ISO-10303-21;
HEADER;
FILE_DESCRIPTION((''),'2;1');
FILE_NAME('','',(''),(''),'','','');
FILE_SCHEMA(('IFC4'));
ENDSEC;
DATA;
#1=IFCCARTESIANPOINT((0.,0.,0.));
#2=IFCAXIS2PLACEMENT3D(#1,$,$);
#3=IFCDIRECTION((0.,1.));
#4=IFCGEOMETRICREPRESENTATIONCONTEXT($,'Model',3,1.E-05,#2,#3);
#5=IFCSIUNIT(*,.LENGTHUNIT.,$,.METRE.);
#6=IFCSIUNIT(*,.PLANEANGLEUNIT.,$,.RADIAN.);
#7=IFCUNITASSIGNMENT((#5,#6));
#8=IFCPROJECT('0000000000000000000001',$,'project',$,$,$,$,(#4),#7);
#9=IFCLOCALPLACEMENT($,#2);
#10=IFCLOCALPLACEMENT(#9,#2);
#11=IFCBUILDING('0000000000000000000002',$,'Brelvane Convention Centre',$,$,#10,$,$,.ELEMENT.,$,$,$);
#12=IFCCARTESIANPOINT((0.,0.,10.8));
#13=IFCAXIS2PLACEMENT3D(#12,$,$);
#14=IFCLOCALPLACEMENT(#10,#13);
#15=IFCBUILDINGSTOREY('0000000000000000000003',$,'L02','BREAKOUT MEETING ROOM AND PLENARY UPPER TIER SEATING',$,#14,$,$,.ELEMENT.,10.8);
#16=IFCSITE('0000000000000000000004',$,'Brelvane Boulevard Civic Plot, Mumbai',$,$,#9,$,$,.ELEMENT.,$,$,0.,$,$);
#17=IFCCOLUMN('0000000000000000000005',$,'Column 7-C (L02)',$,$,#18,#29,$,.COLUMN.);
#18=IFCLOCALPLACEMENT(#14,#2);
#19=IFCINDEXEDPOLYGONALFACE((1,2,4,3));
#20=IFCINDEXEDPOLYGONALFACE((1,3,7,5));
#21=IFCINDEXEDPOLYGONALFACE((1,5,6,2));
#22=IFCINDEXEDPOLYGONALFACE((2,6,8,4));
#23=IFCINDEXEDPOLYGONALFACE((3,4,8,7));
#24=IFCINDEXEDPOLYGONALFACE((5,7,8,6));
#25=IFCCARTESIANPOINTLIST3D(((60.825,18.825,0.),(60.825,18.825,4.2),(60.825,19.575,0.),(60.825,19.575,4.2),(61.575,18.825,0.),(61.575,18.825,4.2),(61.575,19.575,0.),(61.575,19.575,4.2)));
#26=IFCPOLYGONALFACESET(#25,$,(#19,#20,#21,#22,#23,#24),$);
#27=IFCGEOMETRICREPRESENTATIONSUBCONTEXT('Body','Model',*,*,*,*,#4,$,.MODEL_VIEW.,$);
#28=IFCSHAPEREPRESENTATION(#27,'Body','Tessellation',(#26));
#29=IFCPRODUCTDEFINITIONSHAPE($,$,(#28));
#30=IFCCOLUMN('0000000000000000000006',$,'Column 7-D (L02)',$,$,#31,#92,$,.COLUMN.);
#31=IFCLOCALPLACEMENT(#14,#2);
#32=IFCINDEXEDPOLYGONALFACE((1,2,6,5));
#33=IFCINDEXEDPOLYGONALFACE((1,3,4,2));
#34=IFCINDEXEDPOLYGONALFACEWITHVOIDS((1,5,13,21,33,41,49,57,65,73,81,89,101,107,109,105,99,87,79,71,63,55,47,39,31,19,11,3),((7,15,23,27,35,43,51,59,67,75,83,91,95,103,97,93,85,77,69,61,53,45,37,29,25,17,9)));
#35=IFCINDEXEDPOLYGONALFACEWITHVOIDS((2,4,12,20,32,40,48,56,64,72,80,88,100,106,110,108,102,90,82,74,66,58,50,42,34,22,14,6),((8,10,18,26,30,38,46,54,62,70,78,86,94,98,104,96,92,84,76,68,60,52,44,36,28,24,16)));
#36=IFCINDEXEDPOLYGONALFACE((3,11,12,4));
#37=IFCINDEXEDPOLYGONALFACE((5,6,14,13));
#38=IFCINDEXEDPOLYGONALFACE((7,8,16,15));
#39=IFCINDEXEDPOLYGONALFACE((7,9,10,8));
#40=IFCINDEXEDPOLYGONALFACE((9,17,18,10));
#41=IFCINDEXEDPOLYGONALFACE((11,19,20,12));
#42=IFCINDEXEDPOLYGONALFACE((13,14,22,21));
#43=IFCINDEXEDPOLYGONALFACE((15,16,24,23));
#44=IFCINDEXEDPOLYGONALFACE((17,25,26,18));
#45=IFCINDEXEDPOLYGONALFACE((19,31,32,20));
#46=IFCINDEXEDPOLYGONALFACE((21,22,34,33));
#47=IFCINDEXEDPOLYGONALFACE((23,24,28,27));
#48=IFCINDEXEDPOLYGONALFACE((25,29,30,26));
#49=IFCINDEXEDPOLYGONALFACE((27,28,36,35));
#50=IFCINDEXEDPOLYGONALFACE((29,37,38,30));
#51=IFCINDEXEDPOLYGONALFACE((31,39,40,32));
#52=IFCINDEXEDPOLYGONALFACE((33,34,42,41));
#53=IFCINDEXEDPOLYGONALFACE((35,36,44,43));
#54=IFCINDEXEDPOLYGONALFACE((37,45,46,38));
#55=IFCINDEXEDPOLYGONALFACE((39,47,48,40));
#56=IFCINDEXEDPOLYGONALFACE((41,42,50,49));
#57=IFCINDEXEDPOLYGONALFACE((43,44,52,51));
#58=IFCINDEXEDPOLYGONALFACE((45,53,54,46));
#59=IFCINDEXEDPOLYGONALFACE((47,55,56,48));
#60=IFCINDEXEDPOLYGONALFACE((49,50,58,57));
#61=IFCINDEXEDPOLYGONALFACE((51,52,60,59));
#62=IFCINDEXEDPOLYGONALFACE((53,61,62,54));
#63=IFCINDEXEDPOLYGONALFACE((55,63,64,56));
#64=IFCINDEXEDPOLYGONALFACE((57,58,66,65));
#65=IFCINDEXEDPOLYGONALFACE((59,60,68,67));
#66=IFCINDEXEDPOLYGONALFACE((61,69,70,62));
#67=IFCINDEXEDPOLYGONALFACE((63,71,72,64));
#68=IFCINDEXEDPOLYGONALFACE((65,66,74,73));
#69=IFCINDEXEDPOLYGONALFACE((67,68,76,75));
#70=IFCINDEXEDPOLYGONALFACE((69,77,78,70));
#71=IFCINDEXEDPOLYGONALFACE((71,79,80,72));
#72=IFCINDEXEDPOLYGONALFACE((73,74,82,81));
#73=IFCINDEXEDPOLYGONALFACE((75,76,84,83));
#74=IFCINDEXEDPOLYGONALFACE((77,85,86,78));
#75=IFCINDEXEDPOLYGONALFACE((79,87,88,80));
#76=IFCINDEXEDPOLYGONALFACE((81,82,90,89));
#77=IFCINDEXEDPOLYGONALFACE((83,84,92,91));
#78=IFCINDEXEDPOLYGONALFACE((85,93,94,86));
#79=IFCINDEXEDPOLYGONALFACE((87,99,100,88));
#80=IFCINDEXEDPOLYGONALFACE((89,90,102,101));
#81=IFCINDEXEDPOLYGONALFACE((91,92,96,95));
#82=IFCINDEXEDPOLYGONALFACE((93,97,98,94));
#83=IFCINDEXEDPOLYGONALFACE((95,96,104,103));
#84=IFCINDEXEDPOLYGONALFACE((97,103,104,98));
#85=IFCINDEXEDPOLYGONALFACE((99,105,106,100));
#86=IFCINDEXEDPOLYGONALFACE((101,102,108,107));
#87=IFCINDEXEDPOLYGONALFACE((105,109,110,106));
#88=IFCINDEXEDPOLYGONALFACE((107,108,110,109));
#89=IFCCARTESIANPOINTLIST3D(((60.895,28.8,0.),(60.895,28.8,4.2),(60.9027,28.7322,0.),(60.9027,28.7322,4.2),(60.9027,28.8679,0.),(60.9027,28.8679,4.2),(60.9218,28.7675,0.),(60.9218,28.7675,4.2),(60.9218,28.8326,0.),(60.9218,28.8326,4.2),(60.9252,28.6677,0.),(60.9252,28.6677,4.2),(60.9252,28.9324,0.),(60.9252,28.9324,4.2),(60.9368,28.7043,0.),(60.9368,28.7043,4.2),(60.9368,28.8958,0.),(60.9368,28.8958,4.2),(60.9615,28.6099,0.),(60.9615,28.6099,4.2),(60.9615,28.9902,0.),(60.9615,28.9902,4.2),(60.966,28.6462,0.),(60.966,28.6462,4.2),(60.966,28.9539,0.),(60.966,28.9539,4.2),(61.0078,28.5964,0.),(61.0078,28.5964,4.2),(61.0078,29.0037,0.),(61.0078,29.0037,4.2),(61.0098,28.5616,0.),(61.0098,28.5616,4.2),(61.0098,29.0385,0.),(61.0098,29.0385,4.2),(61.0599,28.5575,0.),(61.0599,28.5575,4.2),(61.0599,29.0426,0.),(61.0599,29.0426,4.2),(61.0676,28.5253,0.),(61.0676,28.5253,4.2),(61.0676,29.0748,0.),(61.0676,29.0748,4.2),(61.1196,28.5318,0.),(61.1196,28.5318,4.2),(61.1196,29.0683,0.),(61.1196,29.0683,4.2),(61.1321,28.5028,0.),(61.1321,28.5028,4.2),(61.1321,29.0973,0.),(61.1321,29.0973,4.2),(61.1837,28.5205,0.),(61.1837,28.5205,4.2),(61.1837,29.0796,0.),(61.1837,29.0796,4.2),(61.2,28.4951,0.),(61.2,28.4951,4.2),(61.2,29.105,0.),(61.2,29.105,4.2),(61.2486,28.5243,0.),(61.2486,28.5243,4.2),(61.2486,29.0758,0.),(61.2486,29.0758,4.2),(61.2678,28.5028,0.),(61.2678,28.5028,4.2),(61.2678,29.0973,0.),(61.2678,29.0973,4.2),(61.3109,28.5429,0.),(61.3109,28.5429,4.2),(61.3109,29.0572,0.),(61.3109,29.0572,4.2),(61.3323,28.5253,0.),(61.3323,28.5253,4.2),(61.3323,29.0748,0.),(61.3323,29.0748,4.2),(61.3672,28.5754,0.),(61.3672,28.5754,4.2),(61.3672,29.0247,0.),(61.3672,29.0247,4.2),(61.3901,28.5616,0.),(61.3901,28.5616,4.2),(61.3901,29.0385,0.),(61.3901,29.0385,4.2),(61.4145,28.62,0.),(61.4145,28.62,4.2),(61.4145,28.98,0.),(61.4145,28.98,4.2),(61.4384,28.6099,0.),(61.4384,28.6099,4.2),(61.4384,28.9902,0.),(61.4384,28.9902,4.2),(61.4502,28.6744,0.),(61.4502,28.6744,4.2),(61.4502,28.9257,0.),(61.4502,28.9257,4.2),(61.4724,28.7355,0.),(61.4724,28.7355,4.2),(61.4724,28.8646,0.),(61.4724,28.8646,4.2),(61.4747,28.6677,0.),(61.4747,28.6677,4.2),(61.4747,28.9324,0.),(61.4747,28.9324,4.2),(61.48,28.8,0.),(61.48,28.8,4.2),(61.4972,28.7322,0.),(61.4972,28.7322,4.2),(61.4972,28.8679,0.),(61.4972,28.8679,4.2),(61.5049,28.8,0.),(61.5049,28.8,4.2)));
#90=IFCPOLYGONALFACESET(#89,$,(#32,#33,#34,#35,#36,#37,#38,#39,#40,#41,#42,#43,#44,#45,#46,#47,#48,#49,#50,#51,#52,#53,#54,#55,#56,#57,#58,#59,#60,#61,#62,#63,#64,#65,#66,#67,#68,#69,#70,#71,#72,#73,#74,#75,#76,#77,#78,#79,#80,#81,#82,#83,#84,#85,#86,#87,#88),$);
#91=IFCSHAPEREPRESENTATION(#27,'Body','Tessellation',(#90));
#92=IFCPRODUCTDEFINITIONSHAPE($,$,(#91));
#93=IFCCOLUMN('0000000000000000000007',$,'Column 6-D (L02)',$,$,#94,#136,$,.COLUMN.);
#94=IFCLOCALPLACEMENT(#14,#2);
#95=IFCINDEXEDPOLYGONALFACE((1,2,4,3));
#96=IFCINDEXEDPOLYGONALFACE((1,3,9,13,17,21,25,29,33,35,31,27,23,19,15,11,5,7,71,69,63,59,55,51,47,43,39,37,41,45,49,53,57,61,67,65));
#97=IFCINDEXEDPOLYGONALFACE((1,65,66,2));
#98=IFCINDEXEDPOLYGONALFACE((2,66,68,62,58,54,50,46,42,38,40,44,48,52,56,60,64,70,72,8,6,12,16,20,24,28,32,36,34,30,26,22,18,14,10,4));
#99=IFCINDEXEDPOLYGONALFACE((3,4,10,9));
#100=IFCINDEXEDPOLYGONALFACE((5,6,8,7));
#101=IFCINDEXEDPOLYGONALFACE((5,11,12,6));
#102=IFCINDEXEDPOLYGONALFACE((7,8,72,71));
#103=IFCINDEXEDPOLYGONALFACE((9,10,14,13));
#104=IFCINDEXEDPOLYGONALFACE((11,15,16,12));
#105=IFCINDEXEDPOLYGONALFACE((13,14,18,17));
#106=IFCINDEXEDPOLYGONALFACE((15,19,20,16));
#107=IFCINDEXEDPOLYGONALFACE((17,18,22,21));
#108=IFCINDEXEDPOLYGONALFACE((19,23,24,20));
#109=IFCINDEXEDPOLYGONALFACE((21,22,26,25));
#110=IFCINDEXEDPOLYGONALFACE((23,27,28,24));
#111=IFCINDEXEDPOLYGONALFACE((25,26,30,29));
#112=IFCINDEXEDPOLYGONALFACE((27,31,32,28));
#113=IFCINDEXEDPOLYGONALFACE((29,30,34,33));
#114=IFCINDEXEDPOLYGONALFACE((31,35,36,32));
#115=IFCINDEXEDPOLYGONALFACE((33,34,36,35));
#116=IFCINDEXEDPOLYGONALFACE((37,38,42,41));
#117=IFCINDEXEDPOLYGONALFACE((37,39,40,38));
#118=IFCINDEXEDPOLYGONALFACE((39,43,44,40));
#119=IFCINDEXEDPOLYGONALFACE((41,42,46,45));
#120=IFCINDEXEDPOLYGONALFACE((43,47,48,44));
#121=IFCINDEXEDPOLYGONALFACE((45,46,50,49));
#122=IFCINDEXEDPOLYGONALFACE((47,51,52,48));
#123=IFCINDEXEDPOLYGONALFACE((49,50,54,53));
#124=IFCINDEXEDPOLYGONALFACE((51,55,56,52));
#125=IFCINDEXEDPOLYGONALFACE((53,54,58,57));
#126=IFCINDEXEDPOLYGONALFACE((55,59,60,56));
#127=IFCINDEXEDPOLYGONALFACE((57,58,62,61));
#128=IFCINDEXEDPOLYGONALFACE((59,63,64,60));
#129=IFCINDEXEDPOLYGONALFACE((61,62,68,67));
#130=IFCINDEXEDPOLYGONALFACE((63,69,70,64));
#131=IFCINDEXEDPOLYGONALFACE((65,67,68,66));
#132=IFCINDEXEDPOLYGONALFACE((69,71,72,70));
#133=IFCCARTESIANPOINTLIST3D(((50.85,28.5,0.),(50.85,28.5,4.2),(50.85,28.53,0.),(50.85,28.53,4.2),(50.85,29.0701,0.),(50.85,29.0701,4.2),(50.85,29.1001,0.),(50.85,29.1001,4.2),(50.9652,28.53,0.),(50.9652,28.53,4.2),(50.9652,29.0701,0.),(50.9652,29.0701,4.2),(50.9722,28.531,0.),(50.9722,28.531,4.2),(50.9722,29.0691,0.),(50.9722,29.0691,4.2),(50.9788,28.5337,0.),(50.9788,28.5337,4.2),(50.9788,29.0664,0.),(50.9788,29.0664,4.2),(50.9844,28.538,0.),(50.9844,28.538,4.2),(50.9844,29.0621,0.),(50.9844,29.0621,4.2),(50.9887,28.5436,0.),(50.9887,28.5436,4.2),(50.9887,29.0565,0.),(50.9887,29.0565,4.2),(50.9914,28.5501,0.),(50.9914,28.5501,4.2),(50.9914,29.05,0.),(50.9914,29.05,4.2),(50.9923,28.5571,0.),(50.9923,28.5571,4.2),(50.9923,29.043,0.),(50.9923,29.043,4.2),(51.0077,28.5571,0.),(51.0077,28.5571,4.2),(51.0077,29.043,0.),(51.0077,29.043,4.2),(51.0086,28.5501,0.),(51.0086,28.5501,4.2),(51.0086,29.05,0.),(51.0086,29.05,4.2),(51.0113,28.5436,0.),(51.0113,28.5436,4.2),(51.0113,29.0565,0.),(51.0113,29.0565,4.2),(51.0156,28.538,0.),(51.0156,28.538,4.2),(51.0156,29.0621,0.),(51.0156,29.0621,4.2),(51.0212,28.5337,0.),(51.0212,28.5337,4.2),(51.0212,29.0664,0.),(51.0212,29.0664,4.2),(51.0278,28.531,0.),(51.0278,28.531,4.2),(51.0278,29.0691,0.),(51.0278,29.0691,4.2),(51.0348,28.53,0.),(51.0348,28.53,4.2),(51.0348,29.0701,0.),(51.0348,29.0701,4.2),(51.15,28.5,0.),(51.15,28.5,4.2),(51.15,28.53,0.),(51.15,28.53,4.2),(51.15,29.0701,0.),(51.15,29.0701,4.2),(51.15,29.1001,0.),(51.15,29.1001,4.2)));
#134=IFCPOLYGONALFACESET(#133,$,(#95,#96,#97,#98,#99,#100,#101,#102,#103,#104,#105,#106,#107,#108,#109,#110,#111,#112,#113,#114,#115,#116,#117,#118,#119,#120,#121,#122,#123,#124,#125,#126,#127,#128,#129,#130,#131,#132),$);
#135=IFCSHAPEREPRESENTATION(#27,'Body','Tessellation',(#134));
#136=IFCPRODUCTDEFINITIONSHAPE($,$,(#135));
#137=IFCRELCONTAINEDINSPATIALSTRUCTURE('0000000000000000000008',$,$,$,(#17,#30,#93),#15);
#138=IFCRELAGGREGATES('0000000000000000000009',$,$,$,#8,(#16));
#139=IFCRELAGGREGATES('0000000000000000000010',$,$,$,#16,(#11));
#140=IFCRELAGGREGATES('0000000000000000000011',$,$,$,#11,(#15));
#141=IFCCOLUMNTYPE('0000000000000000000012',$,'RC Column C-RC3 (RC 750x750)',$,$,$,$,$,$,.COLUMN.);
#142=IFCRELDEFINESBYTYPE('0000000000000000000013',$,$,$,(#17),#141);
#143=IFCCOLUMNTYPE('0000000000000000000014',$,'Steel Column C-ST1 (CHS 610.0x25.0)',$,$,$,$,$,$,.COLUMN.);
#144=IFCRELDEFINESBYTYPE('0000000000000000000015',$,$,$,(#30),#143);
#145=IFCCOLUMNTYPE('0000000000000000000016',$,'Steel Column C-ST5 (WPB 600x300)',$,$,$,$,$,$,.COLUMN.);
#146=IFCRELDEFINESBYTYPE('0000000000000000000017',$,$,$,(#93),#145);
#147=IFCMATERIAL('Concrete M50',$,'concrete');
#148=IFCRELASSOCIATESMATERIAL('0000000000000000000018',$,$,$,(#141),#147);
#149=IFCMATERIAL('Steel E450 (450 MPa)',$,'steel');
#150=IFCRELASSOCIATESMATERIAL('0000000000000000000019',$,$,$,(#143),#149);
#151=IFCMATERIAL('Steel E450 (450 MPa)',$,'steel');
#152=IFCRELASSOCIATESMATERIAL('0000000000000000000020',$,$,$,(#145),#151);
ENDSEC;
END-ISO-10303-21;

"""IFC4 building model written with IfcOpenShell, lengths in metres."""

from ifc_helpers import new_model, si_unit, direction, frame, origin, origin_2d, place, context, subcontext, project, spatial, rectangle, hollow_circle, i_section, extrude, material, material_profile, profile_set, type_object, element, save


model = new_model("IFC4")

# Units and contexts
model_context = context("Model", 3, precision=1e-05, world=origin(), true_north=direction((0.0, 1.0)))
body_context = subcontext(model_context, "Body", "Model", "MODEL_VIEW")
ifc_project = project(units=[si_unit("LENGTHUNIT", "METRE"), si_unit("PLANEANGLEUNIT", "RADIAN")], contexts=[model_context])

# Site, building, storey
site_placement = place(None, origin())
site = spatial("IfcSite", under=ifc_project, at=site_placement, Name="Brelvane Boulevard Civic Plot, Mumbai", CompositionType="ELEMENT", RefElevation=0.0)
building_placement = place(site_placement, origin())
building = spatial("IfcBuilding", under=site, at=building_placement, Name="Brelvane Convention Centre", CompositionType="ELEMENT")
storey_placement = place(building_placement, frame((0.0, 0.0, 10.8)))
storey = spatial("IfcBuildingStorey", under=building, at=storey_placement, Name="L02", Description="BREAKOUT MEETING ROOM AND PLENARY UPPER TIER SEATING", CompositionType="ELEMENT", Elevation=10.8)

# Columns
ifc_material_1 = material(Name="Concrete M50", Category="concrete")
ifc_material_profile_1 = material_profile(ifc_material_1, rectangle(XDim=0.75, YDim=0.75, at=origin_2d()), Name="RC 750x750")
ifc_profile_set_1 = profile_set([ifc_material_profile_1], Name="Concrete M50")
column_type_1 = type_object("IfcColumnType", Name="RC Column C-RC3 (RC 750x750)", PredefinedType="COLUMN", material=ifc_profile_set_1)
column_1_placement = place(storey_placement, frame((61.2, 19.2, 0.0), z_axis=(0.0, 0.0, 1.0), x_axis=(1.0, 0.0, 0.0)))
element("IfcColumn", 1, at=column_1_placement, inside=storey, type_object=column_type_1, Name="Column 7-C (L02)", PredefinedType="COLUMN", context=body_context, shape_type="SweptSolid", body=[
    extrude(rectangle(XDim=0.75, YDim=0.75, at=origin_2d()), origin(), (0.0, 0.0, 1.0), 4.2),
])
ifc_material_2 = material(Name="Steel E450 (450 MPa)", Category="steel")
ifc_material_profile_2 = material_profile(ifc_material_2, hollow_circle(Radius=0.3049, WallThickness=0.0249, at=origin_2d()), Name="CHS 610.0x25.0")
ifc_profile_set_2 = profile_set([ifc_material_profile_2], Name="Steel E450 (450 MPa)")
column_type_2 = type_object("IfcColumnType", Name="Steel Column C-ST1 (CHS 610.0x25.0)", PredefinedType="COLUMN", material=ifc_profile_set_2)
column_2_placement = place(storey_placement, frame((61.2, 28.8, 0.0), z_axis=(0.0, 0.0, 1.0), x_axis=(1.0, 0.0, 0.0)))
element("IfcColumn", 2, at=column_2_placement, inside=storey, type_object=column_type_2, Name="Column 7-D (L02)", PredefinedType="COLUMN", context=body_context, shape_type="SweptSolid", body=[
    extrude(hollow_circle(Radius=0.3049, WallThickness=0.0249, at=origin_2d()), origin(), (0.0, 0.0, 1.0), 4.2),
])
ifc_material_3 = material(Name="Steel E450 (450 MPa)", Category="steel")
ifc_material_profile_3 = material_profile(ifc_material_3, i_section(OverallWidth=0.3, OverallDepth=0.6001, WebThickness=0.0154, FlangeThickness=0.03, FilletRadius=0.0271, at=origin_2d()), Name="WPB 600x300")
ifc_profile_set_3 = profile_set([ifc_material_profile_3], Name="Steel E450 (450 MPa)")
column_type_3 = type_object("IfcColumnType", Name="Steel Column C-ST5 (WPB 600x300)", PredefinedType="COLUMN", material=ifc_profile_set_3)
column_3_placement = place(storey_placement, frame((51.0, 28.8, 0.0), z_axis=(0.0, 0.0, 1.0), x_axis=(1.0, 0.0, 0.0)))
element("IfcColumn", 3, at=column_3_placement, inside=storey, type_object=column_type_3, Name="Column 6-D (L02)", PredefinedType="COLUMN", context=body_context, shape_type="SweptSolid", body=[
    extrude(i_section(OverallWidth=0.3, OverallDepth=0.6001, WebThickness=0.0154, FlangeThickness=0.03, FilletRadius=0.0271, at=origin_2d()), origin(), (0.0, 0.0, 1.0), 4.2),
])

save(model, "model.ifc")
